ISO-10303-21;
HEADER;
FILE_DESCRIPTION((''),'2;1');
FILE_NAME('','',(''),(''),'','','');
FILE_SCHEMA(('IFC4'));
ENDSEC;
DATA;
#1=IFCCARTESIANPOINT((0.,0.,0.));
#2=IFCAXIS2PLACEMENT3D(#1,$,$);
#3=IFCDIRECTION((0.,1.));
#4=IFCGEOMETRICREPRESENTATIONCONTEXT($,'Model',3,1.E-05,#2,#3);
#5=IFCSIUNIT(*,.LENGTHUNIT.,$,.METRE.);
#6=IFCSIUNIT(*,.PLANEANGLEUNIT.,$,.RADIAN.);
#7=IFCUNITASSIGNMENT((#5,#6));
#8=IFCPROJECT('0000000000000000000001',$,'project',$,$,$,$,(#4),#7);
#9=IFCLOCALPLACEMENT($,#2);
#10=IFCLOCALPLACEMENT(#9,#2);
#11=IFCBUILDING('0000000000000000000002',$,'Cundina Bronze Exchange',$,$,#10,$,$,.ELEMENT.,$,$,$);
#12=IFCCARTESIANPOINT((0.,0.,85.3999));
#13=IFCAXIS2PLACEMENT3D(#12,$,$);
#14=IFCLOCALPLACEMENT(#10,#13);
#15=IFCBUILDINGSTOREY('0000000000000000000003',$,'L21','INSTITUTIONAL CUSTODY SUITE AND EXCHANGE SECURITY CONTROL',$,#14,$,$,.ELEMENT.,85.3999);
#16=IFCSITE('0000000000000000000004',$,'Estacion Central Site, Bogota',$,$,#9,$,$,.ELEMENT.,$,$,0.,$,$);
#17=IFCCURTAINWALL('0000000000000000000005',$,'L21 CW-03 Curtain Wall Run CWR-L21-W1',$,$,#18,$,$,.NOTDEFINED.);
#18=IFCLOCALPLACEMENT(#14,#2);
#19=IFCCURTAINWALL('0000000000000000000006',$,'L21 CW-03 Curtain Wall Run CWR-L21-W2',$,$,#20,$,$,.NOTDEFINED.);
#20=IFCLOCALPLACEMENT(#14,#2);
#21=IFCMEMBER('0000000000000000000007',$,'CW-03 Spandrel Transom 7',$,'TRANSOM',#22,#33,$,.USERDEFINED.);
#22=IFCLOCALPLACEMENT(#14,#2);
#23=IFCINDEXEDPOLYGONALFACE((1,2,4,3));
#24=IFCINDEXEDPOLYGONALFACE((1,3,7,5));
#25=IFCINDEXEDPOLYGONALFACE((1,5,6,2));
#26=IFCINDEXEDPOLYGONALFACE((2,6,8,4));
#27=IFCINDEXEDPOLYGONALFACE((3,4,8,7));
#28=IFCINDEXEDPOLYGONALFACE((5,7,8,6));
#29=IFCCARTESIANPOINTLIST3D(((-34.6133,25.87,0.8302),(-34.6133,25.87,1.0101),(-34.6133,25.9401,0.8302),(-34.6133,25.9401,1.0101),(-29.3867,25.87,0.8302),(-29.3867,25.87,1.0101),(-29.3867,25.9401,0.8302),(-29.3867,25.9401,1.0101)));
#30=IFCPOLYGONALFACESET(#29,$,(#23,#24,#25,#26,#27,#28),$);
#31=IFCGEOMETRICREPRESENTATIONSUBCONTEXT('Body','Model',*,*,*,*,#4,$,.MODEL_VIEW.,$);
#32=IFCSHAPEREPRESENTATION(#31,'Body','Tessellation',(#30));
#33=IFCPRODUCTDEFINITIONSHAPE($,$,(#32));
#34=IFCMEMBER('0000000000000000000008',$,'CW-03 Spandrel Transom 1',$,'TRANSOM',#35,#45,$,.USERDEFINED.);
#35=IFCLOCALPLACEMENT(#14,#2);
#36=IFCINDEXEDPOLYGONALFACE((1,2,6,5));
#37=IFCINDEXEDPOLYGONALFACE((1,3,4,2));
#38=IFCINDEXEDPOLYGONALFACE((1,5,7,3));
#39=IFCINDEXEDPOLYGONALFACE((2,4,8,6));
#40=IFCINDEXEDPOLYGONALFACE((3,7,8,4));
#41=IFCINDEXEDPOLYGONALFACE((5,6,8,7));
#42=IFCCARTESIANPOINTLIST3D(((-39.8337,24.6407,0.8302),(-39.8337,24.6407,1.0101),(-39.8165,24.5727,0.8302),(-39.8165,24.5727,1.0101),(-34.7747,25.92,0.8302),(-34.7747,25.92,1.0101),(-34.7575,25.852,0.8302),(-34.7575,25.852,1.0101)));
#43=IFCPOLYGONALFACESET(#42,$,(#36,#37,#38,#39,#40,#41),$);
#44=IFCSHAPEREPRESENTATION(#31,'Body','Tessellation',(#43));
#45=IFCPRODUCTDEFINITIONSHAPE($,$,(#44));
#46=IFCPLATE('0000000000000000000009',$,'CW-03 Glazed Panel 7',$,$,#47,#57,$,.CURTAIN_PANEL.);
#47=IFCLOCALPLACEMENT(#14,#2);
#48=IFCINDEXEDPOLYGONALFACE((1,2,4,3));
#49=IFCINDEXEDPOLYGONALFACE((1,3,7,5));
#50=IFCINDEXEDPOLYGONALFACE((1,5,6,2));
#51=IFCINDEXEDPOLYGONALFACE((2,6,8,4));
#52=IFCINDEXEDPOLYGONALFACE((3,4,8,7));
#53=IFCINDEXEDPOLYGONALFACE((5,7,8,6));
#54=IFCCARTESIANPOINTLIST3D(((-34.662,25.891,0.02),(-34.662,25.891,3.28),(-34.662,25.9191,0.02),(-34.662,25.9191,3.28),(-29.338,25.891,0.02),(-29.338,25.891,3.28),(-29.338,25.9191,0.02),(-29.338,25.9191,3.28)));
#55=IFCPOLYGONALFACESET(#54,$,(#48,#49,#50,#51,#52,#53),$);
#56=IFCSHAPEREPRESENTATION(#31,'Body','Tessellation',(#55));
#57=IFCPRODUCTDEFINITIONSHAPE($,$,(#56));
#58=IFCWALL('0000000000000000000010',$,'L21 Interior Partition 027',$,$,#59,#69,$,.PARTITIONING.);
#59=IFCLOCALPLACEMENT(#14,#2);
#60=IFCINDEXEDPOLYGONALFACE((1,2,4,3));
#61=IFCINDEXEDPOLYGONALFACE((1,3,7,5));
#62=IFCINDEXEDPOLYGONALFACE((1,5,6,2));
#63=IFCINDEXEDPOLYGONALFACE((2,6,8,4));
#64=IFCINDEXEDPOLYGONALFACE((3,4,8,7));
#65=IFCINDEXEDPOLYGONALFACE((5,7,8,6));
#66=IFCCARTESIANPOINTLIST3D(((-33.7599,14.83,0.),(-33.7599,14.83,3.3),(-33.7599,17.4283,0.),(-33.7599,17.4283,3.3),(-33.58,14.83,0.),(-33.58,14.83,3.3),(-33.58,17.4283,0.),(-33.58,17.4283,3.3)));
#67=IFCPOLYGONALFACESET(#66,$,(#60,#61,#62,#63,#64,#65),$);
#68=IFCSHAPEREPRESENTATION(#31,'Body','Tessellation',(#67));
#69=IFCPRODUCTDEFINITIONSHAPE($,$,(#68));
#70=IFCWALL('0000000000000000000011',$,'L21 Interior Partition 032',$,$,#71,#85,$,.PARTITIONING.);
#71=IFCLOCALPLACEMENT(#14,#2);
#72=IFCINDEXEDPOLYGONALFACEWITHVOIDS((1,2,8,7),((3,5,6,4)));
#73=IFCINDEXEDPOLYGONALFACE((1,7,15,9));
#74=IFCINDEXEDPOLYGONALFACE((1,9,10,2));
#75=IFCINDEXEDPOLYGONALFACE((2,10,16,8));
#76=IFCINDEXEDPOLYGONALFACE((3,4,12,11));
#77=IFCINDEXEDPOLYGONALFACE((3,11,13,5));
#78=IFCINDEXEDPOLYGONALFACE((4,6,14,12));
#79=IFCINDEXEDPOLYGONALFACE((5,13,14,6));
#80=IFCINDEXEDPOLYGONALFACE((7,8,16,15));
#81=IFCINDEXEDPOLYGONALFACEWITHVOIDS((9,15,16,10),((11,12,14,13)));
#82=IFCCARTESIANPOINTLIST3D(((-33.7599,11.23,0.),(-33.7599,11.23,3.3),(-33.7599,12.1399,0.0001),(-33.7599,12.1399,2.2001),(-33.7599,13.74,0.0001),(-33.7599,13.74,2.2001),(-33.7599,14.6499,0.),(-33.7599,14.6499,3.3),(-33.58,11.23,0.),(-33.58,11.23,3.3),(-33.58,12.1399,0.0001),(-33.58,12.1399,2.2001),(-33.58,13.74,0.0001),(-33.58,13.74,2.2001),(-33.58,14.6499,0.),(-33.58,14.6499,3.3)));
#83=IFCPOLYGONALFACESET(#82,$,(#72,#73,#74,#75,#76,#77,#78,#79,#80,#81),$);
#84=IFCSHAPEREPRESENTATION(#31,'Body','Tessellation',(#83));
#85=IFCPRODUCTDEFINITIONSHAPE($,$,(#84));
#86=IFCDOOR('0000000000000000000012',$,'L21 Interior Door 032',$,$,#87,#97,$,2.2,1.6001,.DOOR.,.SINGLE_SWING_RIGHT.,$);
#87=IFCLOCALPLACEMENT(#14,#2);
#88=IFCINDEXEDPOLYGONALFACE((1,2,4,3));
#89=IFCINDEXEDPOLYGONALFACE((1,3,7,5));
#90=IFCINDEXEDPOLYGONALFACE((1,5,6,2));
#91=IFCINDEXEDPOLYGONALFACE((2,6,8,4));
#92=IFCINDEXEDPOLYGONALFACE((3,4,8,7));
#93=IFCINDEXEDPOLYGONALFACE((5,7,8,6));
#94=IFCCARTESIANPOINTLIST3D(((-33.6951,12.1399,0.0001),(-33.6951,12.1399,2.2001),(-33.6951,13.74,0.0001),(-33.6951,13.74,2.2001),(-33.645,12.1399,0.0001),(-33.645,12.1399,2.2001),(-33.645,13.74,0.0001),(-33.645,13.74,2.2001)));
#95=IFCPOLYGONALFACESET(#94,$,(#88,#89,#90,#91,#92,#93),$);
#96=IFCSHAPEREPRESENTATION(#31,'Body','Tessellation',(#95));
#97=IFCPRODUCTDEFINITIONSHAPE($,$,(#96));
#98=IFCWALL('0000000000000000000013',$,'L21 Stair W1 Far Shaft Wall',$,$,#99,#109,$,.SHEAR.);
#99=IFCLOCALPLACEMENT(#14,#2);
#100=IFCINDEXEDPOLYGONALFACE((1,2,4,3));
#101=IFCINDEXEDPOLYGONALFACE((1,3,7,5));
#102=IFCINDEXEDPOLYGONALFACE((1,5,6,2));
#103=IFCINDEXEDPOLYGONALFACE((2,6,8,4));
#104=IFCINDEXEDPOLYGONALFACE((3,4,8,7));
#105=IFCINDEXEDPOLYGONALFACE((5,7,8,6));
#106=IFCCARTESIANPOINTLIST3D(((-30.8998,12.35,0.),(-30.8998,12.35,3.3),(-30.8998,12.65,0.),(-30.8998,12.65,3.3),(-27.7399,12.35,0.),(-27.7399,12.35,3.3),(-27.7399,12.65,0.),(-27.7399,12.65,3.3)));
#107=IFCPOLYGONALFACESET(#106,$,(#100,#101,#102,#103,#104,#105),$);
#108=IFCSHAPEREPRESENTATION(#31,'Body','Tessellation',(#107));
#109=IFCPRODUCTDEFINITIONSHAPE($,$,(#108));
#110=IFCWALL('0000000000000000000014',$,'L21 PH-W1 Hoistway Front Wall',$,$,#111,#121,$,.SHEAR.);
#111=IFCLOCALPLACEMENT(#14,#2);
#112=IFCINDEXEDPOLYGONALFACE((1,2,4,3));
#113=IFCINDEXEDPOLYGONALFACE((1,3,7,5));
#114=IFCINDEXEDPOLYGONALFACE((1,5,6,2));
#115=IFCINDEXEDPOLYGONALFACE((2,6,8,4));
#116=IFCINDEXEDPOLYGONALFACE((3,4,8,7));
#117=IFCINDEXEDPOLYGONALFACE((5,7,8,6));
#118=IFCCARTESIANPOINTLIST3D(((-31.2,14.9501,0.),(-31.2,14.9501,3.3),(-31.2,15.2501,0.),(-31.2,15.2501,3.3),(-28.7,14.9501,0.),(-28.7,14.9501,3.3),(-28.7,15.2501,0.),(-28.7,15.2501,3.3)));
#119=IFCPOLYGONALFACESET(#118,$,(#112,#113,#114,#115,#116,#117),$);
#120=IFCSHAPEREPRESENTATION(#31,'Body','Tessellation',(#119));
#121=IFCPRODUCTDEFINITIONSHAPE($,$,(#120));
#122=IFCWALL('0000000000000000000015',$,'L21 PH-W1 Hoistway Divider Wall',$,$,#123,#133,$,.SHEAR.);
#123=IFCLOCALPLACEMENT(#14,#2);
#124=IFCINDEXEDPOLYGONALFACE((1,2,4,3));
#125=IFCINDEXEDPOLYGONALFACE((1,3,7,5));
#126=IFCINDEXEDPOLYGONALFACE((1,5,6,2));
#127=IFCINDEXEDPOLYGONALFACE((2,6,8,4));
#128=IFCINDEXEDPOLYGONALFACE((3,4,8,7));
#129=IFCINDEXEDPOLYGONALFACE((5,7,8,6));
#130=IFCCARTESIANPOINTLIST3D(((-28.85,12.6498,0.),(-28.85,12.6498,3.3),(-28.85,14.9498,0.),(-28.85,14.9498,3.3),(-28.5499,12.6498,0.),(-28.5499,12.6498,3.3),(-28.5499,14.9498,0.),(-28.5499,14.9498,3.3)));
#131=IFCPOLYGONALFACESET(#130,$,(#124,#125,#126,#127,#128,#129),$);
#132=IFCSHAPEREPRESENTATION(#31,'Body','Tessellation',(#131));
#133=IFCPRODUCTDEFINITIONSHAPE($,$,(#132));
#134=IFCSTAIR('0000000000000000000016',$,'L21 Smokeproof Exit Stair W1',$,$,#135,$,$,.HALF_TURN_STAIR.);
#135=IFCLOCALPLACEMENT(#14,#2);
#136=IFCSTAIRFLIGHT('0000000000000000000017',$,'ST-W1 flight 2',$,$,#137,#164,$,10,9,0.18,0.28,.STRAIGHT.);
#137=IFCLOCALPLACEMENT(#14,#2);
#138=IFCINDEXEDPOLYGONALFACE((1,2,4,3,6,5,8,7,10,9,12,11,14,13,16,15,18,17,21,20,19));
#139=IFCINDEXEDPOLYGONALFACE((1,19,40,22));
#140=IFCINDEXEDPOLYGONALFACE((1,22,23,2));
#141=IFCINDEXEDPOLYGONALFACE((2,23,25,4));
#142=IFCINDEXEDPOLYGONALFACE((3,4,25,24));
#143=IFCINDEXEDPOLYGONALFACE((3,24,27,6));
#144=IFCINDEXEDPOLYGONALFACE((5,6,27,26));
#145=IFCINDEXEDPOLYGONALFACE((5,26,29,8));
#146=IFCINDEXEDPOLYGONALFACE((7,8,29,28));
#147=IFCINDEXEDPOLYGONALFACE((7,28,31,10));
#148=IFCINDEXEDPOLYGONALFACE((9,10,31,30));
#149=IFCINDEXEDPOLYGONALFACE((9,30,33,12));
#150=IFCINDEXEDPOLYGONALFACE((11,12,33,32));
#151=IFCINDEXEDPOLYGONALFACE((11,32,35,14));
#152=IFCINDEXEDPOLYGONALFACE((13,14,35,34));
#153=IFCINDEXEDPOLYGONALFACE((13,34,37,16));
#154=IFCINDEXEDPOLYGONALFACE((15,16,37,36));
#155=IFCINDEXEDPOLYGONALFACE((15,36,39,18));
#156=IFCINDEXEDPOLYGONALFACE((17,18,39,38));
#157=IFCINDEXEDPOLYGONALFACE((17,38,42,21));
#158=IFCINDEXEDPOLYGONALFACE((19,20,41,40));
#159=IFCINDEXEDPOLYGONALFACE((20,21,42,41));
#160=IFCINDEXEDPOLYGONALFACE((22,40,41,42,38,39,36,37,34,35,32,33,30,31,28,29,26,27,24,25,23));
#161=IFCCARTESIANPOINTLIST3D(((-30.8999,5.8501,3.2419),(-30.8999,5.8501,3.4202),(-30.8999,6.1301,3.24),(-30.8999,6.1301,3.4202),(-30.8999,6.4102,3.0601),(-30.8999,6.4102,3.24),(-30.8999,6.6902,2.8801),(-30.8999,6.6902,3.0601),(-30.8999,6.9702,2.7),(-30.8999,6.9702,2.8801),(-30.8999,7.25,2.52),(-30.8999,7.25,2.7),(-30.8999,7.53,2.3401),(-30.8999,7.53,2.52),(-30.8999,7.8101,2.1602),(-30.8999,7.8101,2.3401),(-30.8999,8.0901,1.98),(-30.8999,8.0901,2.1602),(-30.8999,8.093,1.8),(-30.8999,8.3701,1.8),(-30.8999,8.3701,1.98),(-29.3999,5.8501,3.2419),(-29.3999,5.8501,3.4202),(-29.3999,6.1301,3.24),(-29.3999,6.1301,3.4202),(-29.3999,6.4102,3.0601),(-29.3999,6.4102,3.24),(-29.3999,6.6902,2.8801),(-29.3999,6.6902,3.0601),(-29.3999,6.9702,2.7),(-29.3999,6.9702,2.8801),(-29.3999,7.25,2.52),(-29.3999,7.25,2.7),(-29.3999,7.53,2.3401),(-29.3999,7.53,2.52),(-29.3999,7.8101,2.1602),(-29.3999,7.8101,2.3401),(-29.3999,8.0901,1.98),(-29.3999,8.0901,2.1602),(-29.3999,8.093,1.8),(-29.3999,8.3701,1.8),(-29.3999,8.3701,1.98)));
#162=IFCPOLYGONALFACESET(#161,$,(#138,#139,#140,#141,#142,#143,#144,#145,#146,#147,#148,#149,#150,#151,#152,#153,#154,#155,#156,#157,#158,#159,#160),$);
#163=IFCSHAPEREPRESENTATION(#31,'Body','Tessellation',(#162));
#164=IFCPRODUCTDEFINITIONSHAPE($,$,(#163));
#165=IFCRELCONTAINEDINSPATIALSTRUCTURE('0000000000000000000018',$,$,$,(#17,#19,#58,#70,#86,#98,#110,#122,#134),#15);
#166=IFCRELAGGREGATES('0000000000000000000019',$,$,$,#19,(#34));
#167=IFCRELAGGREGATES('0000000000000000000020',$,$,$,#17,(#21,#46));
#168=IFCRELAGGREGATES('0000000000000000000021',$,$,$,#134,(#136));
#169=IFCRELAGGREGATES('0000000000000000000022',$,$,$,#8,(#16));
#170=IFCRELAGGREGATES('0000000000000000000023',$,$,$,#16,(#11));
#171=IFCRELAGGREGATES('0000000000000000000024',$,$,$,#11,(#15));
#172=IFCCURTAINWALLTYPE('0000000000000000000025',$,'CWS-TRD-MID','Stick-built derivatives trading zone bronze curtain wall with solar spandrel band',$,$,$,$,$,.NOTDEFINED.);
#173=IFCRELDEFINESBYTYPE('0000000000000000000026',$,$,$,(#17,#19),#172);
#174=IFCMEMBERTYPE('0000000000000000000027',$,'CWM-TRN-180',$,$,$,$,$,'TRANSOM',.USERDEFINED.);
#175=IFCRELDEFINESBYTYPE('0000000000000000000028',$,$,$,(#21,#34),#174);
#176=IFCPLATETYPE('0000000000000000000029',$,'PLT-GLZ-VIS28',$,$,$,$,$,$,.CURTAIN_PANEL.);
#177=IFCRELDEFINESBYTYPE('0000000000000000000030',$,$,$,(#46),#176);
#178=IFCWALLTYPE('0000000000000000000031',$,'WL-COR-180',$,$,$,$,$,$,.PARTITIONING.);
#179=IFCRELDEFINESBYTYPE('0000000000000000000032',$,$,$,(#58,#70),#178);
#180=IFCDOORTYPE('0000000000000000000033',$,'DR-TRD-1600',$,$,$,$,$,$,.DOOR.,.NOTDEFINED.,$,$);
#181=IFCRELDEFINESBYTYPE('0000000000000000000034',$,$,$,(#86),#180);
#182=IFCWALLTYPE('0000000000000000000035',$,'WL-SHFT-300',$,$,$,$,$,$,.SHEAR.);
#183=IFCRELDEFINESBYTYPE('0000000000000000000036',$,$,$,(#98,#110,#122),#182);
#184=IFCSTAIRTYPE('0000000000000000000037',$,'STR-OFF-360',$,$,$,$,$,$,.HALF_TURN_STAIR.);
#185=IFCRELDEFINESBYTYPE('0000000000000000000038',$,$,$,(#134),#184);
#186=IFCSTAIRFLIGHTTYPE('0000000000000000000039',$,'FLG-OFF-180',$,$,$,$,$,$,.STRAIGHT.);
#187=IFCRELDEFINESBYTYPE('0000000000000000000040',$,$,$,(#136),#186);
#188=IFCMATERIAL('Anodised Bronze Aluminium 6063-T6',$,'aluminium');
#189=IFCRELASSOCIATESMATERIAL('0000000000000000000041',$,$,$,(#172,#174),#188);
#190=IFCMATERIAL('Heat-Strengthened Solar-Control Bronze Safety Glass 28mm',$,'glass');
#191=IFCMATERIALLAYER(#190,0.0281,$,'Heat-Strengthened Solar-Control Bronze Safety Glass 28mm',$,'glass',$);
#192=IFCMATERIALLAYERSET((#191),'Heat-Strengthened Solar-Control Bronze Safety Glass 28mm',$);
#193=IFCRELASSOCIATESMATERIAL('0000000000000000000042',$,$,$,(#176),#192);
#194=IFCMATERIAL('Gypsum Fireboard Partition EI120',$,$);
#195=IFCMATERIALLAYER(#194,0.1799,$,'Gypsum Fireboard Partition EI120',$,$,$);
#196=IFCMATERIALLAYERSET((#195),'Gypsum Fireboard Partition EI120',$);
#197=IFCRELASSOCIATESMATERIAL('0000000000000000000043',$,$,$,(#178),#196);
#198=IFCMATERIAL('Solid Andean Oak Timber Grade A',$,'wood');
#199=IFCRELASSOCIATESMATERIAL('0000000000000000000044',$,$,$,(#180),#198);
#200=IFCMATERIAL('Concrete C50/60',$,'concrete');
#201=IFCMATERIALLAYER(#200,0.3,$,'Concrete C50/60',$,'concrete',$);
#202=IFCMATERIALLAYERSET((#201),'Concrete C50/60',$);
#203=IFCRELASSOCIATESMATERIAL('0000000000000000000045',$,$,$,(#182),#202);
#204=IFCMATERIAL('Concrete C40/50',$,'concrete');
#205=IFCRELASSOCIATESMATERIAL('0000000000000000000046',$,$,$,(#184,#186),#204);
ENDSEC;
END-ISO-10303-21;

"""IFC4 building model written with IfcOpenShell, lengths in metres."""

from ifc_helpers import new_model, si_unit, direction, frame, frame_2d, origin, origin_2d, place, context, subcontext, project, spatial, polyline, rectangle, outline, extrude, material, layer, layer_set, material_profile, profile_set, type_object, element, fill, aggregate, save


model = new_model("IFC4")

# Units and contexts
model_context = context("Model", 3, precision=1e-05, world=origin(), true_north=direction((0.0, 1.0)))
body_context = subcontext(model_context, "Body", "Model", "MODEL_VIEW")
ifc_project = project(units=[si_unit("LENGTHUNIT", "METRE"), si_unit("PLANEANGLEUNIT", "RADIAN")], contexts=[model_context])

# Site, building, storey
site_placement = place(None, origin())
site = spatial("IfcSite", under=ifc_project, at=site_placement, Name="Estacion Central Site, Bogota", CompositionType="ELEMENT", RefElevation=0.0)
building_placement = place(site_placement, origin())
building = spatial("IfcBuilding", under=site, at=building_placement, Name="Cundina Bronze Exchange", CompositionType="ELEMENT")
storey_placement = place(building_placement, frame((0.0, 0.0, 85.3999)))
storey = spatial("IfcBuildingStorey", under=building, at=storey_placement, Name="L21", Description="INSTITUTIONAL CUSTODY SUITE AND EXCHANGE SECURITY CONTROL", CompositionType="ELEMENT", Elevation=85.3999)

# Curtain wall
ifc_material_1 = material(Name="Anodised Bronze Aluminium 6063-T6", Category="aluminium")
curtain_wall_type = type_object("IfcCurtainWallType", Name="CWS-TRD-MID", Description="Stick-built derivatives trading zone bronze curtain wall with solar spandrel band", PredefinedType="NOTDEFINED", material=ifc_material_1)
curtain_wall_1_placement = place(storey_placement, origin())
curtain_wall_1 = element("IfcCurtainWall", 1, at=curtain_wall_1_placement, inside=storey, type_object=curtain_wall_type, Name="L21 CW-03 Curtain Wall Run CWR-L21-W1", PredefinedType="NOTDEFINED")

# Curtain wall
curtain_wall_2_placement = place(storey_placement, origin())
curtain_wall_2 = element("IfcCurtainWall", 2, at=curtain_wall_2_placement, inside=storey, type_object=curtain_wall_type, Name="L21 CW-03 Curtain Wall Run CWR-L21-W2", PredefinedType="NOTDEFINED")

# Members
ifc_material_profile_1 = material_profile(ifc_material_1, rectangle(XDim=0.0701, YDim=0.1799, at=origin_2d()), Name="AL70X180", Category="aluminium")
ifc_profile_set_1 = profile_set([ifc_material_profile_1], Name="Anodised Bronze Aluminium 6063-T6")
member_type_1 = type_object("IfcMemberType", Name="CWM-TRN-180", ElementType="TRANSOM", PredefinedType="USERDEFINED", material=ifc_profile_set_1)
member_1_placement = place(storey_placement, frame((-29.3867, 25.905, 0.9202), z_axis=(-1.0, 0.0, 0.0), x_axis=(0.0, -1.0, 0.0)))
member_1 = element("IfcMember", 3, at=member_1_placement, type_object=member_type_1, Name="CW-03 Spandrel Transom 7", ObjectType="TRANSOM", PredefinedType="USERDEFINED", context=body_context, shape_type="SweptSolid", body=[
    extrude(rectangle(XDim=0.0701, YDim=0.1799, at=origin_2d()), origin(), (0.0, 0.0, 1.0), 5.2266),
])
member_2_placement = place(storey_placement, frame((-34.7661, 25.886, 0.9202), z_axis=(-0.969484, -0.245155, 0.0), x_axis=(0.245155, -0.969484, 0.0)))
member_2 = element("IfcMember", 4, at=member_2_placement, type_object=member_type_1, Name="CW-03 Spandrel Transom 1", ObjectType="TRANSOM", PredefinedType="USERDEFINED", context=body_context, shape_type="SweptSolid", body=[
    extrude(rectangle(XDim=0.0701, YDim=0.1799, at=origin_2d()), origin(), (0.0, 0.0, 1.0), 5.2183),
])
aggregate(curtain_wall_2, [member_2])

# Plate
ifc_material_2 = material(Name="Heat-Strengthened Solar-Control Bronze Safety Glass 28mm", Category="glass")
ifc_layer_1 = layer(ifc_material_2, 0.0281, Name="Heat-Strengthened Solar-Control Bronze Safety Glass 28mm", Category="glass")
ifc_layer_set_1 = layer_set([ifc_layer_1], Name="Heat-Strengthened Solar-Control Bronze Safety Glass 28mm")
plate_type = type_object("IfcPlateType", Name="PLT-GLZ-VIS28", PredefinedType="CURTAIN_PANEL", material=ifc_layer_set_1)
plate_placement = place(storey_placement, frame((-32.0, 25.905, 0.02), z_axis=(0.0, 0.0, 1.0), x_axis=(-1.0, 0.0, 0.0)))
plate = element("IfcPlate", 5, at=plate_placement, type_object=plate_type, Name="CW-03 Glazed Panel 7", PredefinedType="CURTAIN_PANEL", context=body_context, shape_type="SweptSolid", body=[
    extrude(rectangle(XDim=5.324, YDim=0.0281, at=origin_2d()), origin(), (0.0, 0.0, 1.0), 3.26),
])
aggregate(curtain_wall_1, [member_1, plate])

# Shared definitions
ifc_material_3 = material(Name="Gypsum Fireboard Partition EI120")
ifc_layer_2 = layer(ifc_material_3, 0.1799, Name="Gypsum Fireboard Partition EI120")
ifc_layer_set_2 = layer_set([ifc_layer_2], Name="Gypsum Fireboard Partition EI120")
wall_type_1 = type_object("IfcWallType", Name="WL-COR-180", PredefinedType="PARTITIONING", material=ifc_layer_set_2)
ifc_material_4 = material(Name="Solid Andean Oak Timber Grade A", Category="wood")

# Wall
wall_1_placement = place(storey_placement, frame((-33.6699, 17.4285, 0.0), z_axis=(0.0, 0.0, 1.0), x_axis=(0.0, -1.0, 0.0)))
element("IfcWall", 6, at=wall_1_placement, inside=storey, type_object=wall_type_1, Name="L21 Interior Partition 027", PredefinedType="PARTITIONING", context=body_context, shape_type="SweptSolid", body=[
    extrude(rectangle(XDim=2.5984, YDim=0.1799, at=frame_2d((1.2993, 0.0))), origin(), (0.0, 0.0, 1.0), 3.3),
])

# Wall, opening, door
wall_2_placement = place(storey_placement, frame((-33.6699, 14.6499, 0.0), z_axis=(0.0, 0.0, 1.0), x_axis=(0.0, -1.0, 0.0)))
wall_2 = element("IfcWall", 7, at=wall_2_placement, inside=storey, type_object=wall_type_1, Name="L21 Interior Partition 032", PredefinedType="PARTITIONING", context=body_context, shape_type="SweptSolid", body=[
    extrude(rectangle(XDim=3.4199, YDim=0.1799, at=frame_2d((1.71, 0.0))), origin(), (0.0, 0.0, 1.0), 3.3),
])
opening_1_placement = place(wall_2_placement, frame((0.9099, 0.0, 0.0)))
opening_1 = element("IfcOpeningElement", 8, at=opening_1_placement, cuts=wall_2, PredefinedType="OPENING", context=body_context, shape_type="SweptSolid", body=[
    extrude(rectangle(XDim=1.6001, YDim=2.2, at=frame_2d((0.8, 1.1001))), frame((0.0, 0.0999, 0.0), z_axis=(0.0, -1.0, 0.0), x_axis=(1.0, 0.0, 0.0)), (0.0, 0.0, 1.0), 0.2),
])
door_type_1 = type_object("IfcDoorType", Name="DR-TRD-1600", OperationType="NOTDEFINED", PredefinedType="DOOR", material=ifc_material_4)
door_1_placement = place(opening_1_placement, origin())
door_1 = element("IfcDoor", 9, at=door_1_placement, inside=storey, type_object=door_type_1, Name="L21 Interior Door 032", OperationType="SINGLE_SWING_RIGHT", OverallHeight=2.2, OverallWidth=1.6001, PredefinedType="DOOR", context=body_context, shape_type="SweptSolid", body=[
    extrude(rectangle(XDim=1.6001, YDim=2.2, at=frame_2d((0.8, 1.1001))), frame((0.0, 0.0249, 0.0), z_axis=(0.0, -1.0, 0.0), x_axis=(1.0, 0.0, 0.0)), (0.0, 0.0, 1.0), 0.05),
])
fill(opening_1, door_1)
ifc_material_5 = material(Name="Concrete C50/60", Category="concrete")
ifc_layer_3 = layer(ifc_material_5, 0.3, Name="Concrete C50/60", Category="concrete")
ifc_layer_set_3 = layer_set([ifc_layer_3], Name="Concrete C50/60")
wall_type_2 = type_object("IfcWallType", Name="WL-SHFT-300", PredefinedType="SHEAR", material=ifc_layer_set_3)

# Walls
wall_3_placement = place(storey_placement, frame((-30.8999, 12.5, 0.0), z_axis=(0.0, 0.0, 1.0), x_axis=(1.0, 0.0, 0.0)))
element("IfcWall", 10, at=wall_3_placement, inside=storey, type_object=wall_type_2, Name="L21 Stair W1 Far Shaft Wall", PredefinedType="SHEAR", context=body_context, shape_type="SweptSolid", body=[
    extrude(rectangle(XDim=3.1599, YDim=0.3, at=frame_2d((1.5801, 0.0))), origin(), (0.0, 0.0, 1.0), 3.3),
])
wall_4_placement = place(storey_placement, frame((-31.2, 15.1001, 0.0), z_axis=(0.0, 0.0, 1.0), x_axis=(1.0, 0.0, 0.0)))
element("IfcWall", 11, at=wall_4_placement, inside=storey, type_object=wall_type_2, Name="L21 PH-W1 Hoistway Front Wall", PredefinedType="SHEAR", context=body_context, shape_type="SweptSolid", body=[
    extrude(rectangle(XDim=2.5, YDim=0.3, at=frame_2d((1.25, 0.0))), origin(), (0.0, 0.0, 1.0), 3.3),
])
wall_5_placement = place(storey_placement, frame((-28.7, 12.6499, 0.0), z_axis=(0.0, 0.0, 1.0), x_axis=(0.0, 1.0, 0.0)))
element("IfcWall", 12, at=wall_5_placement, inside=storey, type_object=wall_type_2, Name="L21 PH-W1 Hoistway Divider Wall", PredefinedType="SHEAR", context=body_context, shape_type="SweptSolid", body=[
    extrude(rectangle(XDim=2.3, YDim=0.3, at=frame_2d((1.1499, 0.0))), origin(), (0.0, 0.0, 1.0), 3.3),
])

# Stair, stair flight
ifc_material_6 = material(Name="Concrete C40/50", Category="concrete")
stair_type = type_object("IfcStairType", Name="STR-OFF-360", PredefinedType="HALF_TURN_STAIR", material=ifc_material_6)
stair_placement = place(storey_placement, origin())
stair = element("IfcStair", 13, at=stair_placement, inside=storey, type_object=stair_type, Name="L21 Smokeproof Exit Stair W1", PredefinedType="HALF_TURN_STAIR")
stair_flight_type = type_object("IfcStairFlightType", Name="FLG-OFF-180", PredefinedType="STRAIGHT", material=ifc_material_6)
stair_flight_placement = place(storey_placement, frame((-30.1499, 8.3701, 1.8), z_axis=(0.0, 0.0, 1.0), x_axis=(0.0, -1.0, 0.0)))
stair_flight = element("IfcStairFlight", 14, at=stair_flight_placement, type_object=stair_flight_type, Name="ST-W1 flight 2", NumberOfRisers=10, NumberOfTreads=9, PredefinedType="STRAIGHT", RiserHeight=0.18, TreadLength=0.28, context=body_context, shape_type="SweptSolid", body=[
    extrude(outline(polyline([(0.0, 0.0), (0.0, 0.1799), (0.28, 0.1799), (0.28, 0.3601), (0.5601, 0.3601), (0.5601, 0.54), (0.8401, 0.54), (0.8401, 0.72), (1.1201, 0.72), (1.1201, 0.8999), (1.3999, 0.8999), (1.3999, 1.0801), (1.6799, 1.0801), (1.6799, 1.26), (1.96, 1.26), (1.96, 1.4399), (2.24, 1.4399), (2.24, 1.6201), (2.52, 1.6201), (2.52, 1.8), (2.52, 1.4419), (0.2771, 0.0), (0.0, 0.0)])), frame((0.0, 0.75, 0.0), z_axis=(0.0, -1.0, 0.0), x_axis=(1.0, 0.0, 0.0)), (0.0, 0.0, 1.0), 1.5),
])
aggregate(stair, [stair_flight])

save(model, "model.ifc")
